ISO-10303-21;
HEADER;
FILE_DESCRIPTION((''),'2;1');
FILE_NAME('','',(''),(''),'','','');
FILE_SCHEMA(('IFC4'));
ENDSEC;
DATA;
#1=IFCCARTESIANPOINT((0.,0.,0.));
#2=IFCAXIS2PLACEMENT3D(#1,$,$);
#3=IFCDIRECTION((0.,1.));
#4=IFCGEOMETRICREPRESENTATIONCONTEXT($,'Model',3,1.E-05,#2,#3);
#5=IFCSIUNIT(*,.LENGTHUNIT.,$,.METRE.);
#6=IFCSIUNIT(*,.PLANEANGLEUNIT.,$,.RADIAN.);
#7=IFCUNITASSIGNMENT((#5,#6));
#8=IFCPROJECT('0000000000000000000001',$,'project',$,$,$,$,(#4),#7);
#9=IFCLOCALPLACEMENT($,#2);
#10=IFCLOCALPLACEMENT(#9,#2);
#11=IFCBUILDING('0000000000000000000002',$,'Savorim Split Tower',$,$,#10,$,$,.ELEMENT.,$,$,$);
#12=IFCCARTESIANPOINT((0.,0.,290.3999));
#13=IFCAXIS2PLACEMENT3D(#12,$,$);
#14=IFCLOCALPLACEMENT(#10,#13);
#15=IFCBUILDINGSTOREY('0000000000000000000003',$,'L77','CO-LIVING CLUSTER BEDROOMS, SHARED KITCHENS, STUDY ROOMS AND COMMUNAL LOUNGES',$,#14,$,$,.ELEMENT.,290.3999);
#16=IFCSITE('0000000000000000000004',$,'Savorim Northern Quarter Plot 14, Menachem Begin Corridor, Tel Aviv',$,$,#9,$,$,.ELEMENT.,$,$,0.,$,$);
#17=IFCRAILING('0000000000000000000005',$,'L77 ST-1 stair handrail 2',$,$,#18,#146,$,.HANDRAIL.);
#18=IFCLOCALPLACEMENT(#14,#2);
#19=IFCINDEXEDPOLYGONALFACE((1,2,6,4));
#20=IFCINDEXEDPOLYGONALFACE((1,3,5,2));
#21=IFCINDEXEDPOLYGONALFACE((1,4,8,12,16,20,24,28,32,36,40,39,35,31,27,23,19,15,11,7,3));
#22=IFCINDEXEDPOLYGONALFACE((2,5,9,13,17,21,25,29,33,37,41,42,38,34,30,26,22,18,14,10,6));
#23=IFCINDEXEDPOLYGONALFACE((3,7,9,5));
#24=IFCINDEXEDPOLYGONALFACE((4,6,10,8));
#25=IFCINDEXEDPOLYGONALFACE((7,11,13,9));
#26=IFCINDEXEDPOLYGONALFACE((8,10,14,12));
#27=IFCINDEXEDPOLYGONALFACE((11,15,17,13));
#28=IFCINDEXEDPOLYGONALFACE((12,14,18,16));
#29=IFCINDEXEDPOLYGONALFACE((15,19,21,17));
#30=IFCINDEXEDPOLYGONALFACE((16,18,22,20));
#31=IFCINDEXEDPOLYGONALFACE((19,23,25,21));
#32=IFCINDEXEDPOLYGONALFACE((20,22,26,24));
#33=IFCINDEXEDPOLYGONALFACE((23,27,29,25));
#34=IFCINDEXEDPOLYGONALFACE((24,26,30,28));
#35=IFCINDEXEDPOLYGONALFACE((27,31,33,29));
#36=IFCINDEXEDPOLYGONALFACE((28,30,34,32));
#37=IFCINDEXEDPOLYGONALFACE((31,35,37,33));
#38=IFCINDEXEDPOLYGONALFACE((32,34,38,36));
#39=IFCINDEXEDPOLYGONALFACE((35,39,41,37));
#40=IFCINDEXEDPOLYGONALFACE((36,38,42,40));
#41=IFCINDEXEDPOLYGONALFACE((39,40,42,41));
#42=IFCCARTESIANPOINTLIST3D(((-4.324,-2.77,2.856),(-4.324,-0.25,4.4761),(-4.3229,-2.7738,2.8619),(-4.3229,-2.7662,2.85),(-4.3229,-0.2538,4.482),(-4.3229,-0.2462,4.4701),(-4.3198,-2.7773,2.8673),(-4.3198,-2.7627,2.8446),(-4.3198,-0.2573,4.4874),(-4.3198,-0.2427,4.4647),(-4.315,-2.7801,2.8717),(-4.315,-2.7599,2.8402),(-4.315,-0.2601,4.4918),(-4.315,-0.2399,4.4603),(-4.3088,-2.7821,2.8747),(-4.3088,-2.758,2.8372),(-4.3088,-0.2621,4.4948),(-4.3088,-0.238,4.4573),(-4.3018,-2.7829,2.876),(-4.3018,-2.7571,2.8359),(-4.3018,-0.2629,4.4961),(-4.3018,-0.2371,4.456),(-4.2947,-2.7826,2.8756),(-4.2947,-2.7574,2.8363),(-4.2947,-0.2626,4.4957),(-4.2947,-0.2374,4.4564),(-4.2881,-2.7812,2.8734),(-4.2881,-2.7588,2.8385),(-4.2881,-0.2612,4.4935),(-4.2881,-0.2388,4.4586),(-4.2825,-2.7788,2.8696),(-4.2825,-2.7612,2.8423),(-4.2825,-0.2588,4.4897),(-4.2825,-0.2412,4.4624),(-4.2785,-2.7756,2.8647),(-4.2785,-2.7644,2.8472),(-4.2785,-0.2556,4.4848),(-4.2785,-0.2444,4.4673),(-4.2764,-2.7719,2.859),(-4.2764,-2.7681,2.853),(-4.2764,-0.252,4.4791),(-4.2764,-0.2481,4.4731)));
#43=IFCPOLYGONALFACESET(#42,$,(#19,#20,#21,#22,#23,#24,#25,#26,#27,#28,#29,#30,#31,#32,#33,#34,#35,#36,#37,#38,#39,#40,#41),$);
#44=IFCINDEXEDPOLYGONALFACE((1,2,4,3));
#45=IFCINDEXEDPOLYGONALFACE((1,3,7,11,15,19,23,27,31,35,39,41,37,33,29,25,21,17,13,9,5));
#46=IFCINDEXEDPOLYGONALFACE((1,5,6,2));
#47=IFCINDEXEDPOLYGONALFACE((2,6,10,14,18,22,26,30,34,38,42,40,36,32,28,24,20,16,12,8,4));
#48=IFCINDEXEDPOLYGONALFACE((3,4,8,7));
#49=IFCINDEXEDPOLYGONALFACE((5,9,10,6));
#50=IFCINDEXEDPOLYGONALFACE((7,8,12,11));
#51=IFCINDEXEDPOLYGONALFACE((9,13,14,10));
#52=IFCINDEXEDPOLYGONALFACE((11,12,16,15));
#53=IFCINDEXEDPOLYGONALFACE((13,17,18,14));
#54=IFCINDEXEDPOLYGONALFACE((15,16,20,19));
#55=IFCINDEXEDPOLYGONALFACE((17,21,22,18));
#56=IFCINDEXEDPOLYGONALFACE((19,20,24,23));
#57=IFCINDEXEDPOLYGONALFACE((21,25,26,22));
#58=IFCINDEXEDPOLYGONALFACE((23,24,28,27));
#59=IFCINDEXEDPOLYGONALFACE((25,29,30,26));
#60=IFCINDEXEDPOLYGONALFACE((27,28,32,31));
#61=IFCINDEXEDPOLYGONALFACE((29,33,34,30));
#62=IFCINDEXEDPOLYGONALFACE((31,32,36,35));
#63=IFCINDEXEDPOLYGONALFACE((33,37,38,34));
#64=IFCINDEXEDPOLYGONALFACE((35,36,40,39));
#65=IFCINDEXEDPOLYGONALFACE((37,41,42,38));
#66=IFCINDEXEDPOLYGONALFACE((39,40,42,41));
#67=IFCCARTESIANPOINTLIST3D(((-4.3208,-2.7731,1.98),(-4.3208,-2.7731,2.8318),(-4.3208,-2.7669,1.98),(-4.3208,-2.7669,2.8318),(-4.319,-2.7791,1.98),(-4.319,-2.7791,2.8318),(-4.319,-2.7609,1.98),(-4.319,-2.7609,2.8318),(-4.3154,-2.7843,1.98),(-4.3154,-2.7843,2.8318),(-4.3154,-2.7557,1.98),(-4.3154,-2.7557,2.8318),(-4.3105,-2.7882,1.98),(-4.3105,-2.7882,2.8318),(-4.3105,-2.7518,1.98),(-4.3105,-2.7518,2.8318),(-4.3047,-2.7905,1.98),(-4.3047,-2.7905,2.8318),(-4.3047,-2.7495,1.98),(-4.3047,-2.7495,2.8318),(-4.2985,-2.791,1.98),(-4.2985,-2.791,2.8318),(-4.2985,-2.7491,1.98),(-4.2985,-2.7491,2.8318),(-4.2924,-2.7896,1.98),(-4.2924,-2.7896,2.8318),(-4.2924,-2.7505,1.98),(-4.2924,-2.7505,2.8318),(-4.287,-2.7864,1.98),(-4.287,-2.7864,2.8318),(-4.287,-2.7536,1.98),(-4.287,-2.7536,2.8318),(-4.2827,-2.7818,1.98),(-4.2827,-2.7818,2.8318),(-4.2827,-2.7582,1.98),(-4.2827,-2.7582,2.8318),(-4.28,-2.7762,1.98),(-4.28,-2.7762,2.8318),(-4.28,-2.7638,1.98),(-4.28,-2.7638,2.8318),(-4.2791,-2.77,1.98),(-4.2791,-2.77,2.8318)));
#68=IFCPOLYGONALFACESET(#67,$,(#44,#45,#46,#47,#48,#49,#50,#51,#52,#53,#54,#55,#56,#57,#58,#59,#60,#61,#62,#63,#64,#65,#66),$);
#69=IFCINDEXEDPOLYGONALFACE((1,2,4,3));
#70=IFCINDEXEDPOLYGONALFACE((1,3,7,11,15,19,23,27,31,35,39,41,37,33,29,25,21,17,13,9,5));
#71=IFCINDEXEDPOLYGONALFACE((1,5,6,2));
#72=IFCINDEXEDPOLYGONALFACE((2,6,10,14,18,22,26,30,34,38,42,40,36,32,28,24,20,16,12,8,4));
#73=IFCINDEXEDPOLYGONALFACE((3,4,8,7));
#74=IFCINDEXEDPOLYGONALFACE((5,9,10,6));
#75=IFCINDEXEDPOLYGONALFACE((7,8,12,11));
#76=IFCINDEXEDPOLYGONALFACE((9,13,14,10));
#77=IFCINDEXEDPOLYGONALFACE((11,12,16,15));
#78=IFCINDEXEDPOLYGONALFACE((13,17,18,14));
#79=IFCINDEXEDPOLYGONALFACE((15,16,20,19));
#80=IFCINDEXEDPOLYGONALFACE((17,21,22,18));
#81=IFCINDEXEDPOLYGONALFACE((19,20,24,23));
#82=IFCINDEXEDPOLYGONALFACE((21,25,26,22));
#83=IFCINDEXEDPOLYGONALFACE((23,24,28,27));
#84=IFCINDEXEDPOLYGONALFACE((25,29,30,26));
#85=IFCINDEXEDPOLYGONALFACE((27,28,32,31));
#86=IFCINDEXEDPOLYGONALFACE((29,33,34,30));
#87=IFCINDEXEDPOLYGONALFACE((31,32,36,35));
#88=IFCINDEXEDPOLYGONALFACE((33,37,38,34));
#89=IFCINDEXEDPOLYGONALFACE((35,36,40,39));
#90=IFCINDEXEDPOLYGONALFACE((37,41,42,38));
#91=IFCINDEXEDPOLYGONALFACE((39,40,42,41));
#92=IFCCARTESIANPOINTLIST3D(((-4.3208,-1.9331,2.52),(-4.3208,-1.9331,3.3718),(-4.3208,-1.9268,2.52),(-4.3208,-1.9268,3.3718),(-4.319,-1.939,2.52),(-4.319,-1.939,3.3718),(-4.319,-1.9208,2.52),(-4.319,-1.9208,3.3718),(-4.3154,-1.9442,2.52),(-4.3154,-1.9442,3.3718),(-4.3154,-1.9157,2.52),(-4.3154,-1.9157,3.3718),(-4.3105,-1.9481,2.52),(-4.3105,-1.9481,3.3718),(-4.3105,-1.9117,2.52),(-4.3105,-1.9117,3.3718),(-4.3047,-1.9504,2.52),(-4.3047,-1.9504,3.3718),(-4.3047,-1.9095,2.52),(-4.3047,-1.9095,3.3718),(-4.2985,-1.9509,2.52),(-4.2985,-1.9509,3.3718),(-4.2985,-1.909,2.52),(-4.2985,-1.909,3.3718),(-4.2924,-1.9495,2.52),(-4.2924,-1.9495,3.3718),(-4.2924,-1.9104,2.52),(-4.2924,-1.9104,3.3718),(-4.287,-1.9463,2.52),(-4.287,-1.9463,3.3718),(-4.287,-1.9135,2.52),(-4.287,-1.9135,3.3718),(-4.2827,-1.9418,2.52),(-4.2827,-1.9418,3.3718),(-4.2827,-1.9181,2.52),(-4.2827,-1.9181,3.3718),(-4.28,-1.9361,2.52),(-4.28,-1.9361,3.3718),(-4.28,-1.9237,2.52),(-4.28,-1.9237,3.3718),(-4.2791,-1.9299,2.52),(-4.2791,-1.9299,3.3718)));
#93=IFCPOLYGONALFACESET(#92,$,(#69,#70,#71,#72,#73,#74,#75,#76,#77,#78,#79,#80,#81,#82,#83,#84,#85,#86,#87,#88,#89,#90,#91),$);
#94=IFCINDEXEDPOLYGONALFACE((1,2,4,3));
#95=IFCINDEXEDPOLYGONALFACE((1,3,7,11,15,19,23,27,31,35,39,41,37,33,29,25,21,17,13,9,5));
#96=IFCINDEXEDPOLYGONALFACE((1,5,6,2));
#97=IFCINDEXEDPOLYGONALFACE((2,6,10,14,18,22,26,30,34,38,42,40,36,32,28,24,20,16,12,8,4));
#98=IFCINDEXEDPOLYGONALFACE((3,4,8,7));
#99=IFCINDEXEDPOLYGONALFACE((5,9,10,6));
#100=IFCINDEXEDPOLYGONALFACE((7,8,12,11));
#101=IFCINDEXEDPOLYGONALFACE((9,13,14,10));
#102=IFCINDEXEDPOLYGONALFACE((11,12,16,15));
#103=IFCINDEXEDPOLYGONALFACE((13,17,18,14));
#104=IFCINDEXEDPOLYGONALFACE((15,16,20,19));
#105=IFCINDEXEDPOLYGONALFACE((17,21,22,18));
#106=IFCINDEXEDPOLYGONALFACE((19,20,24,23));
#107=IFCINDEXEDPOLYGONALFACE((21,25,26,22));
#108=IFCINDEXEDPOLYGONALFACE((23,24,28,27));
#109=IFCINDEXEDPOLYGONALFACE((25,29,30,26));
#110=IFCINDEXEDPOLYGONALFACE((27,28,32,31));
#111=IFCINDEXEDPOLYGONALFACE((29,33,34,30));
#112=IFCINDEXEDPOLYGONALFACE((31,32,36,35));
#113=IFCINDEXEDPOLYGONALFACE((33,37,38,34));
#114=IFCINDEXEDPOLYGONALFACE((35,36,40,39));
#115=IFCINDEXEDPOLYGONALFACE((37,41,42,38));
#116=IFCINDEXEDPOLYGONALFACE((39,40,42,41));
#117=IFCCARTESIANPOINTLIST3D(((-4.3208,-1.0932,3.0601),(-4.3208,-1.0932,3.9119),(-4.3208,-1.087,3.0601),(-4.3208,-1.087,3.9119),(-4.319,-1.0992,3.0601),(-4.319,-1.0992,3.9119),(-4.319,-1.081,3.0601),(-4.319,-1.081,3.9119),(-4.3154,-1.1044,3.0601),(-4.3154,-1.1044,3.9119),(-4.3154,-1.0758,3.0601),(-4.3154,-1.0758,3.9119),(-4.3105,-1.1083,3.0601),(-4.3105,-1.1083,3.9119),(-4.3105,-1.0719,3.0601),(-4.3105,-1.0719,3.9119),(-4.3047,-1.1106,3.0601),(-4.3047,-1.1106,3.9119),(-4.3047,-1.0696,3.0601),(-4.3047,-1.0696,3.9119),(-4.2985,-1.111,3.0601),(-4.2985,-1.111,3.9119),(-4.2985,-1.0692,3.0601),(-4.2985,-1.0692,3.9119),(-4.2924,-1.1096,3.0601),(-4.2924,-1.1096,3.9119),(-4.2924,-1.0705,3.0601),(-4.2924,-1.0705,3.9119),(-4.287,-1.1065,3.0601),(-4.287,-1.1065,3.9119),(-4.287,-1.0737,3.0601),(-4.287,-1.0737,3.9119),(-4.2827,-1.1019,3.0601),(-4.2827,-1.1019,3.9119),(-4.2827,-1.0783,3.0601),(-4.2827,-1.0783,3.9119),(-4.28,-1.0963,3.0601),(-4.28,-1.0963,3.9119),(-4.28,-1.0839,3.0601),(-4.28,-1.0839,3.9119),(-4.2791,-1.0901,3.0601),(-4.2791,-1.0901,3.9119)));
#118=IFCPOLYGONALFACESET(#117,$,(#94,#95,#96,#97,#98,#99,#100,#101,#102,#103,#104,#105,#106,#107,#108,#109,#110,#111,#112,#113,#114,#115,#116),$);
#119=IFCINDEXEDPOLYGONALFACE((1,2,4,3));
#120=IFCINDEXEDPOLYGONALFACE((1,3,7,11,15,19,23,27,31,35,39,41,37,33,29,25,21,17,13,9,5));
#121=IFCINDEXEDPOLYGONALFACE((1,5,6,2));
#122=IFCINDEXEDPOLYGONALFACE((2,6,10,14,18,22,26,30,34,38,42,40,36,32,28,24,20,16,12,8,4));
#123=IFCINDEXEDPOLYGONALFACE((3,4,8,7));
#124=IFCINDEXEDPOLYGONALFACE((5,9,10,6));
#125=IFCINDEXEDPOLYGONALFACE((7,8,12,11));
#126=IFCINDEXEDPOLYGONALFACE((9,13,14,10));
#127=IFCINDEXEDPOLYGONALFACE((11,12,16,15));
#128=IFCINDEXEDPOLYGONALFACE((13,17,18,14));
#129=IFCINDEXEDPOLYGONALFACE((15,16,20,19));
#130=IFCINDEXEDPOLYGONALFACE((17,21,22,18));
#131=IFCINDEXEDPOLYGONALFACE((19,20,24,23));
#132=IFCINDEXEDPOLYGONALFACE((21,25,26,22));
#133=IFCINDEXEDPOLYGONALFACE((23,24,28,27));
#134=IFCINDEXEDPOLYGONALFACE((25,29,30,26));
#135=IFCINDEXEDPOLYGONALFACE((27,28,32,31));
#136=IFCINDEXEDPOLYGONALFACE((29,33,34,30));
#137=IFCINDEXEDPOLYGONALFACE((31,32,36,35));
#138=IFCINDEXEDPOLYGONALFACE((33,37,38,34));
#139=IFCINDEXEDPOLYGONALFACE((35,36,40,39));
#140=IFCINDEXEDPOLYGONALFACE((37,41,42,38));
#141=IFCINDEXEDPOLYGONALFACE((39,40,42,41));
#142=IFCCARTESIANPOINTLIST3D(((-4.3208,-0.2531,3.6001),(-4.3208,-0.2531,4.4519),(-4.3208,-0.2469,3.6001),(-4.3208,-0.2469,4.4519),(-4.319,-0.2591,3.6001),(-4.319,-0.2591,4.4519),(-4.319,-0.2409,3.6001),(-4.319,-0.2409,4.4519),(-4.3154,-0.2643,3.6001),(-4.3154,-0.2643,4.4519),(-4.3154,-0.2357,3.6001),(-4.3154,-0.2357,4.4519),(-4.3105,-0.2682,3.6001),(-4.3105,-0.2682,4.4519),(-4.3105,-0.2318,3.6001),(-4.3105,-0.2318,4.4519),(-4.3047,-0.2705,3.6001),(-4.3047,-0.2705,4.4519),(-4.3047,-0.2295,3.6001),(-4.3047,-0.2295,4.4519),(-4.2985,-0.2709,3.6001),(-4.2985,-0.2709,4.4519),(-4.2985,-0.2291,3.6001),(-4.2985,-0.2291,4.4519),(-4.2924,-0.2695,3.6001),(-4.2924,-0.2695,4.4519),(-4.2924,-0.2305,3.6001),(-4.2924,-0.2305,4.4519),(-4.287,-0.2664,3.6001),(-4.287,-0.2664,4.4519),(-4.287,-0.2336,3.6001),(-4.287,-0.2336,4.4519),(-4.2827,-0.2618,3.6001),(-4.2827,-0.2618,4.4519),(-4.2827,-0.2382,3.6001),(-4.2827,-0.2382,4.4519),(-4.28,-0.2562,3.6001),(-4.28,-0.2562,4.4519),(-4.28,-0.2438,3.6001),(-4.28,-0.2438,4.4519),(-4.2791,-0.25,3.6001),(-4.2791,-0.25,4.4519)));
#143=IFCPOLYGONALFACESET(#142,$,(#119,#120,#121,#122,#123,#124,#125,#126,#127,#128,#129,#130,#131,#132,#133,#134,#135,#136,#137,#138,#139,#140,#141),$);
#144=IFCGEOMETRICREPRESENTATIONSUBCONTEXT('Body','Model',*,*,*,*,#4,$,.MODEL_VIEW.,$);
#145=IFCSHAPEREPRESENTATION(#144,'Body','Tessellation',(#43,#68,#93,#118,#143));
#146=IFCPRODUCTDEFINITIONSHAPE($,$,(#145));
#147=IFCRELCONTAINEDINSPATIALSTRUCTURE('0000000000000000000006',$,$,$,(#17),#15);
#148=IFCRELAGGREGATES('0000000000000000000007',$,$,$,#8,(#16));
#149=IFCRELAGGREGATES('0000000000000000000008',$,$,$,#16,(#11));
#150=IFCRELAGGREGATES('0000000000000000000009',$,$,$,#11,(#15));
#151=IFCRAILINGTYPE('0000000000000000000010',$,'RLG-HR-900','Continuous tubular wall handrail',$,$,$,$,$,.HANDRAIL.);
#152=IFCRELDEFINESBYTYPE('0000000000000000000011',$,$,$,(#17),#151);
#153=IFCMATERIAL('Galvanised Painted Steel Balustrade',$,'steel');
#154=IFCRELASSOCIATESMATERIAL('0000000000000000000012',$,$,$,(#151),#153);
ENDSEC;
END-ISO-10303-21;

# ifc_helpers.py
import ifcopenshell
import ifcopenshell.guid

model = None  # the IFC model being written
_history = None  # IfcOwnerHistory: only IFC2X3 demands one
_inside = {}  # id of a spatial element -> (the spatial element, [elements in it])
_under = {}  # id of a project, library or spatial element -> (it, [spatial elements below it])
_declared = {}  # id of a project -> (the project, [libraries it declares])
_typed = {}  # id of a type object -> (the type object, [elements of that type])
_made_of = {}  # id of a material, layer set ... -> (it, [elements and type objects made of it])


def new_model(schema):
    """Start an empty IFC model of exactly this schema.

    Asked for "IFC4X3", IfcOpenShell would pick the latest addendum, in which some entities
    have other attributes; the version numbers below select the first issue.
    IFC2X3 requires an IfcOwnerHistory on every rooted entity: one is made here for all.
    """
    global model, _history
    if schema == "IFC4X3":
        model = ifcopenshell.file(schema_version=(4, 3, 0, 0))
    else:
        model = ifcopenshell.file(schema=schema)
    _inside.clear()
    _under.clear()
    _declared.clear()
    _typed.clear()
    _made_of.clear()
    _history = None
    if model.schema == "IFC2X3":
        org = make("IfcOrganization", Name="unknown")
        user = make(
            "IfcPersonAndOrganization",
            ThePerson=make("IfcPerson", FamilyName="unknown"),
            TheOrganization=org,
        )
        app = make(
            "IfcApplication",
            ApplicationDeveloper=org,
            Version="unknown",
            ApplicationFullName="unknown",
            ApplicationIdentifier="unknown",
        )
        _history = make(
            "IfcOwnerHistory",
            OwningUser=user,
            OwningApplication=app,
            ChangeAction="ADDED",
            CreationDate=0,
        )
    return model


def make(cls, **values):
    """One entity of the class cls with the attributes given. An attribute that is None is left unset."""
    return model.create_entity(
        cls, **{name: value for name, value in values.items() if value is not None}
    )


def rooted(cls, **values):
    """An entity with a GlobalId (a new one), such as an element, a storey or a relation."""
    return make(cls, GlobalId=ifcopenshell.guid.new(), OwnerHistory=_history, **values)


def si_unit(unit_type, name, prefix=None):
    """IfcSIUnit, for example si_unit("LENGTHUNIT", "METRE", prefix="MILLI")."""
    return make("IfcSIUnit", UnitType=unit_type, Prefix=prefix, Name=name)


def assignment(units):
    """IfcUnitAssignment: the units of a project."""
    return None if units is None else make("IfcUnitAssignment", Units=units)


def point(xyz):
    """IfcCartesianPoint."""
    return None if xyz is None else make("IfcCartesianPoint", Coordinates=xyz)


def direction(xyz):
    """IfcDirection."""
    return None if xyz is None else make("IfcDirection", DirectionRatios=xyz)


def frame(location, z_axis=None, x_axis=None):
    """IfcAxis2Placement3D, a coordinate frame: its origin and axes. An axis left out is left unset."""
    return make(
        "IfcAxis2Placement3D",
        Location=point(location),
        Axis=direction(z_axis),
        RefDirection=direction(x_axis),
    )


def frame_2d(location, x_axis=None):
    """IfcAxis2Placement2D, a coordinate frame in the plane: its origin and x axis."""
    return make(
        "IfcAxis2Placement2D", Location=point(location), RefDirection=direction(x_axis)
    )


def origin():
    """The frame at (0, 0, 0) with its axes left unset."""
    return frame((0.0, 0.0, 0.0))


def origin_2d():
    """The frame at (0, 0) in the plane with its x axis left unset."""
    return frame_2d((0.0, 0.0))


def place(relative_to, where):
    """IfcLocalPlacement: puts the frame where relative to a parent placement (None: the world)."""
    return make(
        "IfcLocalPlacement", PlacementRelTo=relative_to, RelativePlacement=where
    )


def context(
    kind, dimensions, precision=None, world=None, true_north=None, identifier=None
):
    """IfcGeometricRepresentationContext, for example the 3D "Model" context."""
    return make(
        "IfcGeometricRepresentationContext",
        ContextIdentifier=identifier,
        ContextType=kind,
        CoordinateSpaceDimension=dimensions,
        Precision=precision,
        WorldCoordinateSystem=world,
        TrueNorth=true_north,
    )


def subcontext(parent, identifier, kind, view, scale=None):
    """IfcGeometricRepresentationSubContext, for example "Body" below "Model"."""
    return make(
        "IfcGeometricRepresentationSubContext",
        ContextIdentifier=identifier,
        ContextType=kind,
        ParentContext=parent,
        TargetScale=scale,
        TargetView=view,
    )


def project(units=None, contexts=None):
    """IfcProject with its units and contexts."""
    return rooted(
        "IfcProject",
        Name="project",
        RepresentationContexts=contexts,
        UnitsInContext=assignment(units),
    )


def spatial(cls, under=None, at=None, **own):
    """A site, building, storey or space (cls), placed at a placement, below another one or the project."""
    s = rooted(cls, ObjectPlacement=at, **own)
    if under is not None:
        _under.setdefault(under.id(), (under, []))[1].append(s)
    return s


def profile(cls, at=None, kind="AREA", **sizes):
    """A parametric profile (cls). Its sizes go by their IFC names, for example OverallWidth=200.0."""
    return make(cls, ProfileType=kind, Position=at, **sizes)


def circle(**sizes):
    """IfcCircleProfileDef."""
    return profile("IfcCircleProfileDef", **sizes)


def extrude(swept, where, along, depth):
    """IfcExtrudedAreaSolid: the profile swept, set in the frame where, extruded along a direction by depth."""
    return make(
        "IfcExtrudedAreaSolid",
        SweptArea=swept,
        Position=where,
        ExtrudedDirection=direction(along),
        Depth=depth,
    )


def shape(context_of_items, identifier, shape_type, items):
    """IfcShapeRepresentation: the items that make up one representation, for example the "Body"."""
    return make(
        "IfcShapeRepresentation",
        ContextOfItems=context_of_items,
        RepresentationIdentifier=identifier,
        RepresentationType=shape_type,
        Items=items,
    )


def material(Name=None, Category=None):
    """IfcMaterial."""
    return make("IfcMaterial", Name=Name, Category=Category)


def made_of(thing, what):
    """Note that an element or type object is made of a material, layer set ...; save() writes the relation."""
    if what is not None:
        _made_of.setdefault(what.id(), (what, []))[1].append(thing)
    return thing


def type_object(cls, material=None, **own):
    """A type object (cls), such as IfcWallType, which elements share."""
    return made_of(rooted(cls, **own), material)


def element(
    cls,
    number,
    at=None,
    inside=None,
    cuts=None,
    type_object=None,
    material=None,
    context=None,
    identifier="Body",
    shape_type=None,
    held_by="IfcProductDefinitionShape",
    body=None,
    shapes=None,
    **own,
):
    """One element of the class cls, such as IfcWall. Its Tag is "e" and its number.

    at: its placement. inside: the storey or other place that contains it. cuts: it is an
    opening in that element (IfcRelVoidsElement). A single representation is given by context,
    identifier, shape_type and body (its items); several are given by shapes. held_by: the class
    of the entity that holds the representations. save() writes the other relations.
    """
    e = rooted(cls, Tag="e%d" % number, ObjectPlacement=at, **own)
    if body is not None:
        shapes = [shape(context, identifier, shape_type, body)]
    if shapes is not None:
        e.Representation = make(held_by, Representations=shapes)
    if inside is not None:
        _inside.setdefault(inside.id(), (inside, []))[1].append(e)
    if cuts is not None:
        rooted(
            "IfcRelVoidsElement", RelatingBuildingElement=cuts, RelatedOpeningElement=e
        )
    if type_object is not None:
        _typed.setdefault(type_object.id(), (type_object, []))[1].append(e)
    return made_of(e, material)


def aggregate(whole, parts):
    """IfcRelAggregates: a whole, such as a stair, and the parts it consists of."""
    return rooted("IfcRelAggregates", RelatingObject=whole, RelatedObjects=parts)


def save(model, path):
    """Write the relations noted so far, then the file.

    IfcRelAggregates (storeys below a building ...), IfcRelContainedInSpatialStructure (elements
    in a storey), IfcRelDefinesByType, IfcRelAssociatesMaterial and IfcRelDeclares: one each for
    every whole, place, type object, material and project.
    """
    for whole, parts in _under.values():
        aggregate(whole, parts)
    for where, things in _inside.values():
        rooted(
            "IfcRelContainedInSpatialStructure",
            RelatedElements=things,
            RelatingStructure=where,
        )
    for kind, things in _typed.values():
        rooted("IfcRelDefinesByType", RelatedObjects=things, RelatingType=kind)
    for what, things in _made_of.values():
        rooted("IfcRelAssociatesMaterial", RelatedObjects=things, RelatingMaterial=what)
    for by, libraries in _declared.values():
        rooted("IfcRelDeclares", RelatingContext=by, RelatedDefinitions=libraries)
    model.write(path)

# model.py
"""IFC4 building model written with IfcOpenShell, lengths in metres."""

from ifc_helpers import new_model, si_unit, direction, frame, origin, origin_2d, place, context, subcontext, project, spatial, circle, extrude, material, type_object, element, save


model = new_model("IFC4")

# Units and contexts
model_context = context("Model", 3, precision=1e-05, world=origin(), true_north=direction((0.0, 1.0)))
body_context = subcontext(model_context, "Body", "Model", "MODEL_VIEW")
ifc_project = project(units=[si_unit("LENGTHUNIT", "METRE"), si_unit("PLANEANGLEUNIT", "RADIAN")], contexts=[model_context])

# Site, building, storey
site_placement = place(None, origin())
site = spatial("IfcSite", under=ifc_project, at=site_placement, Name="Savorim Northern Quarter Plot 14, Menachem Begin Corridor, Tel Aviv", CompositionType="ELEMENT", RefElevation=0.0)
building_placement = place(site_placement, origin())
building = spatial("IfcBuilding", under=site, at=building_placement, Name="Savorim Split Tower", CompositionType="ELEMENT")
storey_placement = place(building_placement, frame((0.0, 0.0, 290.3999)))
storey = spatial("IfcBuildingStorey", under=building, at=storey_placement, Name="L77", Description="CO-LIVING CLUSTER BEDROOMS, SHARED KITCHENS, STUDY ROOMS AND COMMUNAL LOUNGES", CompositionType="ELEMENT", Elevation=290.3999)

# Railing
ifc_material_1 = material(Name="Galvanised Painted Steel Balustrade", Category="steel")
railing_type_1 = type_object("IfcRailingType", Name="RLG-HR-900", Description="Continuous tubular wall handrail", PredefinedType="HANDRAIL", material=ifc_material_1)
railing_1_placement = place(storey_placement, frame((-4.3, -2.77, 1.98)))
element("IfcRailing", 1, at=railing_1_placement, inside=storey, type_object=railing_type_1, Name="L77 ST-1 stair handrail 2", PredefinedType="HANDRAIL", context=body_context, shape_type="SweptSolid", body=[
    extrude(circle(Radius=0.0239, at=origin_2d()), frame((0.0, 0.0, 0.876), z_axis=(0.0, 0.841163, 0.540782), x_axis=(-1.0, 0.0, 0.0)), (0.0, 0.0, 1.0), 2.9958),
    extrude(circle(Radius=0.021, at=origin_2d()), origin(), (0.0, 0.0, 1.0), 0.8518),
    extrude(circle(Radius=0.021, at=origin_2d()), frame((0.0, 0.8401, 0.54)), (0.0, 0.0, 1.0), 0.8518),
    extrude(circle(Radius=0.021, at=origin_2d()), frame((0.0, 1.6799, 1.0801)), (0.0, 0.0, 1.0), 0.8518),
    extrude(circle(Radius=0.021, at=origin_2d()), frame((0.0, 2.52, 1.6201)), (0.0, 0.0, 1.0), 0.8518),
])

save(model, "model.ifc")
